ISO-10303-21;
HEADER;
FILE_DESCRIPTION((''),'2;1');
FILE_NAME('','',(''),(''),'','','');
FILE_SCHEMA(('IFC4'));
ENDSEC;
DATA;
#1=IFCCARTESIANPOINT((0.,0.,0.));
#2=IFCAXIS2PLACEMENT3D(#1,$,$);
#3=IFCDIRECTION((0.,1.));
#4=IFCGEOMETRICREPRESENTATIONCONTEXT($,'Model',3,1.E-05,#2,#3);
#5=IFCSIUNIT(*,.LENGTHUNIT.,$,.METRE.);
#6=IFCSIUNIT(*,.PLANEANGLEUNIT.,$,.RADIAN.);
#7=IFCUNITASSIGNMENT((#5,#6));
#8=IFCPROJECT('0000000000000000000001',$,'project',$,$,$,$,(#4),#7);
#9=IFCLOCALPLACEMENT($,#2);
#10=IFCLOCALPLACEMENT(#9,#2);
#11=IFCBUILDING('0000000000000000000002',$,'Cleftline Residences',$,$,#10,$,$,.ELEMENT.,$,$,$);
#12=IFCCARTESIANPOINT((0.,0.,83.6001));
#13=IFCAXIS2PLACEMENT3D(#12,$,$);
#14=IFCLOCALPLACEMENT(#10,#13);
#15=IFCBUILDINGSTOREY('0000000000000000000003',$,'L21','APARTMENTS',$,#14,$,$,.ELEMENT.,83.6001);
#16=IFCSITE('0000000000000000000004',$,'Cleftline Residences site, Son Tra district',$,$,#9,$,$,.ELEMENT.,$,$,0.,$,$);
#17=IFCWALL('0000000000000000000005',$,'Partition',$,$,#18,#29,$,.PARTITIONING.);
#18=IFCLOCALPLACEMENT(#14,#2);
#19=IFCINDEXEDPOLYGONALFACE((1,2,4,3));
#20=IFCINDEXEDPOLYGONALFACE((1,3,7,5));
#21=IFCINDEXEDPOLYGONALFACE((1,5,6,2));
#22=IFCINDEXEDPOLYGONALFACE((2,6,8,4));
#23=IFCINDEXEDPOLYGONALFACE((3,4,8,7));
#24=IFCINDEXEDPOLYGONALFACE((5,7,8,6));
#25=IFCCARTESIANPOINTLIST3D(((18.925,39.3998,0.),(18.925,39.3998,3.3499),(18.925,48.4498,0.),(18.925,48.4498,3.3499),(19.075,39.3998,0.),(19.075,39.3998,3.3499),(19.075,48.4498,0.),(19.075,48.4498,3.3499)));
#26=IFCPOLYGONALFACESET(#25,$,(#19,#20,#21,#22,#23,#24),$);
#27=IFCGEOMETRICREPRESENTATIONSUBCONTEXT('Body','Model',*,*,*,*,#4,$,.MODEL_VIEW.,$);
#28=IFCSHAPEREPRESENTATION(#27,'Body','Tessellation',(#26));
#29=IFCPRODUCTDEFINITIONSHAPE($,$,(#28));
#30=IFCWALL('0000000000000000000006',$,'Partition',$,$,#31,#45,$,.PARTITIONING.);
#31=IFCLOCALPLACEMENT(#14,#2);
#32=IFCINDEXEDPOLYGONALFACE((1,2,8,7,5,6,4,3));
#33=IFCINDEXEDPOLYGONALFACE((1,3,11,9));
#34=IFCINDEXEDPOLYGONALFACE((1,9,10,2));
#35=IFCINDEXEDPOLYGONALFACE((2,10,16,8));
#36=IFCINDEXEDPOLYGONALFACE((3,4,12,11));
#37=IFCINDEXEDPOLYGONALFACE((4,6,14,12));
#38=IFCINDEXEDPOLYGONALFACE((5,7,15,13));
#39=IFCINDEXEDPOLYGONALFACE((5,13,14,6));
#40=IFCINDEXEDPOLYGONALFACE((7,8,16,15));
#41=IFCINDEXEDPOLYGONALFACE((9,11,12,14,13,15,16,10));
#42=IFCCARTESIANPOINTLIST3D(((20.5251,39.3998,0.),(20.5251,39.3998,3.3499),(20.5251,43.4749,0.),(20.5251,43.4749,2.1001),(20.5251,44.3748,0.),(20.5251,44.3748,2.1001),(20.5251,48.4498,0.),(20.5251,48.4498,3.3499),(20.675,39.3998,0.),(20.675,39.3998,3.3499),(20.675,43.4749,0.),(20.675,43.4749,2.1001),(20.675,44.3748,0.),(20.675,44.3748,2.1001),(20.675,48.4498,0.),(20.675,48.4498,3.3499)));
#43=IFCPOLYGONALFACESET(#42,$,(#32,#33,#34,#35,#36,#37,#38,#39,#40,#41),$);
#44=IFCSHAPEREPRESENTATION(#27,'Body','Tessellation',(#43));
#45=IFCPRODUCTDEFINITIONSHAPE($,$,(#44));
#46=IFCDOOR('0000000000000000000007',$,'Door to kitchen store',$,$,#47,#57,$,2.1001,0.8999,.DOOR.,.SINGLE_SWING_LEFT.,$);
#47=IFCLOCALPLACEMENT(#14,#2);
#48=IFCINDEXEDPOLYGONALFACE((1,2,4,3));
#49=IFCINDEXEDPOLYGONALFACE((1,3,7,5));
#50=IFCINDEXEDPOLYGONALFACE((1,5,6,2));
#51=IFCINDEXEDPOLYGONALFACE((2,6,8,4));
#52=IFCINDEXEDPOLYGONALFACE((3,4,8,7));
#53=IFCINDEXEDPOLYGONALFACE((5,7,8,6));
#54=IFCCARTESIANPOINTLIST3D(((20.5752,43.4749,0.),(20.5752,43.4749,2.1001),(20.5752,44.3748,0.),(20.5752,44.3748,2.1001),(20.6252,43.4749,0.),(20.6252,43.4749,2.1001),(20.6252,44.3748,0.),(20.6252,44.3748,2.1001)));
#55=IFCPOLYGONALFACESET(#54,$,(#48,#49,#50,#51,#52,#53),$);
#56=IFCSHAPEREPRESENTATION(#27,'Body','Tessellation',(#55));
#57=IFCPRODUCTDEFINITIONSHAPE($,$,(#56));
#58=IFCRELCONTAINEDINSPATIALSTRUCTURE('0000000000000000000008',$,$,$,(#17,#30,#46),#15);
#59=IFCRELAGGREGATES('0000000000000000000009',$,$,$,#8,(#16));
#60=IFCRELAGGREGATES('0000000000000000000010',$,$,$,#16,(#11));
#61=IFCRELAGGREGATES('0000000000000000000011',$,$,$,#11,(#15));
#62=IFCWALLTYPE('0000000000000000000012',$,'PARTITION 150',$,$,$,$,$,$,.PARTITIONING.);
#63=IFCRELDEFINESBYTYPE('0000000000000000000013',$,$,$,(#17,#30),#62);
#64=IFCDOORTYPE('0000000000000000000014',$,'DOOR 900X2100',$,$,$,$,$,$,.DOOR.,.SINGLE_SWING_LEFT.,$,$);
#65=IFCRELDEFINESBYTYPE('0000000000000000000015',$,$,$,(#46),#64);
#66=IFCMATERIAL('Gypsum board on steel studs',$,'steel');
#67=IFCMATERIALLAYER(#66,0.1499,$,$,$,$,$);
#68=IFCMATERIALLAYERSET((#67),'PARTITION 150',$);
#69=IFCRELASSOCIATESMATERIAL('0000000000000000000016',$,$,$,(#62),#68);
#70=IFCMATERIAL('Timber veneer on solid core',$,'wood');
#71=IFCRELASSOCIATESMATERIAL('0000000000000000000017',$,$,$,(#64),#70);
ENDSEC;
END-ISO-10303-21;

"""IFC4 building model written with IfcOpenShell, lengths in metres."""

from ifc_helpers import new_model, si_unit, direction, frame, frame_2d, origin, place, context, subcontext, project, spatial, rectangle, extrude, material, layer, layer_set, type_object, element, fill, save


model = new_model("IFC4")

# Units and contexts
model_context = context("Model", 3, precision=1e-05, world=origin(), true_north=direction((0.0, 1.0)))
body_context = subcontext(model_context, "Body", "Model", "MODEL_VIEW")
ifc_project = project(units=[si_unit("LENGTHUNIT", "METRE"), si_unit("PLANEANGLEUNIT", "RADIAN")], contexts=[model_context])

# Site, building, storey
site_placement = place(None, origin())
site = spatial("IfcSite", under=ifc_project, at=site_placement, Name="Cleftline Residences site, Son Tra district", CompositionType="ELEMENT", RefElevation=0.0)
building_placement = place(site_placement, origin())
building = spatial("IfcBuilding", under=site, at=building_placement, Name="Cleftline Residences", CompositionType="ELEMENT")
storey_placement = place(building_placement, frame((0.0, 0.0, 83.6001)))
storey = spatial("IfcBuildingStorey", under=building, at=storey_placement, Name="L21", Description="APARTMENTS", CompositionType="ELEMENT", Elevation=83.6001)

# Shared definitions
ifc_material_1 = material(Name="Gypsum board on steel studs", Category="steel")
ifc_layer = layer(ifc_material_1, 0.1499)
ifc_layer_set = layer_set([ifc_layer], Name="PARTITION 150")
wall_type = type_object("IfcWallType", Name="PARTITION 150", PredefinedType="PARTITIONING", material=ifc_layer_set)

# Wall
wall_1_placement = place(storey_placement, frame((19.0, 39.3999, 0.0), z_axis=(0.0, 0.0, 1.0), x_axis=(0.0, 1.0, 0.0)))
element("IfcWall", 1, at=wall_1_placement, inside=storey, type_object=wall_type, Name="Partition", PredefinedType="PARTITIONING", context=body_context, shape_type="SweptSolid", body=[
    extrude(rectangle(XDim=9.05, YDim=0.1499, at=frame_2d((4.5249, 0.0))), origin(), (0.0, 0.0, 1.0), 3.3499),
])

# Wall, opening, door
wall_2_placement = place(storey_placement, frame((20.6001, 39.3999, 0.0), z_axis=(0.0, 0.0, 1.0), x_axis=(0.0, 1.0, 0.0)))
wall_2 = element("IfcWall", 2, at=wall_2_placement, inside=storey, type_object=wall_type, Name="Partition", PredefinedType="PARTITIONING", context=body_context, shape_type="SweptSolid", body=[
    extrude(rectangle(XDim=9.05, YDim=0.1499, at=frame_2d((4.5249, 0.0))), origin(), (0.0, 0.0, 1.0), 3.3499),
])
opening_1_placement = place(wall_2_placement, frame((4.075, 0.0, 0.0)))
opening_1 = element("IfcOpeningElement", 3, at=opening_1_placement, cuts=wall_2, PredefinedType="OPENING", context=body_context, shape_type="SweptSolid", body=[
    extrude(rectangle(XDim=0.8999, YDim=2.1001, at=frame_2d((0.45, 1.05))), frame((0.0, 0.085, 0.0), z_axis=(0.0, -1.0, 0.0), x_axis=(1.0, 0.0, 0.0)), (0.0, 0.0, 1.0), 0.1699),
])
ifc_material_2 = material(Name="Timber veneer on solid core", Category="wood")
door_type_1 = type_object("IfcDoorType", Name="DOOR 900X2100", OperationType="SINGLE_SWING_LEFT", PredefinedType="DOOR", material=ifc_material_2)
door_1_placement = place(opening_1_placement, origin())
door_1 = element("IfcDoor", 4, at=door_1_placement, inside=storey, type_object=door_type_1, Name="Door to kitchen store", OperationType="SINGLE_SWING_LEFT", OverallHeight=2.1001, OverallWidth=0.8999, PredefinedType="DOOR", context=body_context, shape_type="SweptSolid", body=[
    extrude(rectangle(XDim=0.8999, YDim=2.1001, at=frame_2d((0.45, 1.05))), frame((0.0, 0.0249, 0.0), z_axis=(0.0, -1.0, 0.0), x_axis=(1.0, 0.0, 0.0)), (0.0, 0.0, 1.0), 0.05),
])
fill(opening_1, door_1)

save(model, "model.ifc")
